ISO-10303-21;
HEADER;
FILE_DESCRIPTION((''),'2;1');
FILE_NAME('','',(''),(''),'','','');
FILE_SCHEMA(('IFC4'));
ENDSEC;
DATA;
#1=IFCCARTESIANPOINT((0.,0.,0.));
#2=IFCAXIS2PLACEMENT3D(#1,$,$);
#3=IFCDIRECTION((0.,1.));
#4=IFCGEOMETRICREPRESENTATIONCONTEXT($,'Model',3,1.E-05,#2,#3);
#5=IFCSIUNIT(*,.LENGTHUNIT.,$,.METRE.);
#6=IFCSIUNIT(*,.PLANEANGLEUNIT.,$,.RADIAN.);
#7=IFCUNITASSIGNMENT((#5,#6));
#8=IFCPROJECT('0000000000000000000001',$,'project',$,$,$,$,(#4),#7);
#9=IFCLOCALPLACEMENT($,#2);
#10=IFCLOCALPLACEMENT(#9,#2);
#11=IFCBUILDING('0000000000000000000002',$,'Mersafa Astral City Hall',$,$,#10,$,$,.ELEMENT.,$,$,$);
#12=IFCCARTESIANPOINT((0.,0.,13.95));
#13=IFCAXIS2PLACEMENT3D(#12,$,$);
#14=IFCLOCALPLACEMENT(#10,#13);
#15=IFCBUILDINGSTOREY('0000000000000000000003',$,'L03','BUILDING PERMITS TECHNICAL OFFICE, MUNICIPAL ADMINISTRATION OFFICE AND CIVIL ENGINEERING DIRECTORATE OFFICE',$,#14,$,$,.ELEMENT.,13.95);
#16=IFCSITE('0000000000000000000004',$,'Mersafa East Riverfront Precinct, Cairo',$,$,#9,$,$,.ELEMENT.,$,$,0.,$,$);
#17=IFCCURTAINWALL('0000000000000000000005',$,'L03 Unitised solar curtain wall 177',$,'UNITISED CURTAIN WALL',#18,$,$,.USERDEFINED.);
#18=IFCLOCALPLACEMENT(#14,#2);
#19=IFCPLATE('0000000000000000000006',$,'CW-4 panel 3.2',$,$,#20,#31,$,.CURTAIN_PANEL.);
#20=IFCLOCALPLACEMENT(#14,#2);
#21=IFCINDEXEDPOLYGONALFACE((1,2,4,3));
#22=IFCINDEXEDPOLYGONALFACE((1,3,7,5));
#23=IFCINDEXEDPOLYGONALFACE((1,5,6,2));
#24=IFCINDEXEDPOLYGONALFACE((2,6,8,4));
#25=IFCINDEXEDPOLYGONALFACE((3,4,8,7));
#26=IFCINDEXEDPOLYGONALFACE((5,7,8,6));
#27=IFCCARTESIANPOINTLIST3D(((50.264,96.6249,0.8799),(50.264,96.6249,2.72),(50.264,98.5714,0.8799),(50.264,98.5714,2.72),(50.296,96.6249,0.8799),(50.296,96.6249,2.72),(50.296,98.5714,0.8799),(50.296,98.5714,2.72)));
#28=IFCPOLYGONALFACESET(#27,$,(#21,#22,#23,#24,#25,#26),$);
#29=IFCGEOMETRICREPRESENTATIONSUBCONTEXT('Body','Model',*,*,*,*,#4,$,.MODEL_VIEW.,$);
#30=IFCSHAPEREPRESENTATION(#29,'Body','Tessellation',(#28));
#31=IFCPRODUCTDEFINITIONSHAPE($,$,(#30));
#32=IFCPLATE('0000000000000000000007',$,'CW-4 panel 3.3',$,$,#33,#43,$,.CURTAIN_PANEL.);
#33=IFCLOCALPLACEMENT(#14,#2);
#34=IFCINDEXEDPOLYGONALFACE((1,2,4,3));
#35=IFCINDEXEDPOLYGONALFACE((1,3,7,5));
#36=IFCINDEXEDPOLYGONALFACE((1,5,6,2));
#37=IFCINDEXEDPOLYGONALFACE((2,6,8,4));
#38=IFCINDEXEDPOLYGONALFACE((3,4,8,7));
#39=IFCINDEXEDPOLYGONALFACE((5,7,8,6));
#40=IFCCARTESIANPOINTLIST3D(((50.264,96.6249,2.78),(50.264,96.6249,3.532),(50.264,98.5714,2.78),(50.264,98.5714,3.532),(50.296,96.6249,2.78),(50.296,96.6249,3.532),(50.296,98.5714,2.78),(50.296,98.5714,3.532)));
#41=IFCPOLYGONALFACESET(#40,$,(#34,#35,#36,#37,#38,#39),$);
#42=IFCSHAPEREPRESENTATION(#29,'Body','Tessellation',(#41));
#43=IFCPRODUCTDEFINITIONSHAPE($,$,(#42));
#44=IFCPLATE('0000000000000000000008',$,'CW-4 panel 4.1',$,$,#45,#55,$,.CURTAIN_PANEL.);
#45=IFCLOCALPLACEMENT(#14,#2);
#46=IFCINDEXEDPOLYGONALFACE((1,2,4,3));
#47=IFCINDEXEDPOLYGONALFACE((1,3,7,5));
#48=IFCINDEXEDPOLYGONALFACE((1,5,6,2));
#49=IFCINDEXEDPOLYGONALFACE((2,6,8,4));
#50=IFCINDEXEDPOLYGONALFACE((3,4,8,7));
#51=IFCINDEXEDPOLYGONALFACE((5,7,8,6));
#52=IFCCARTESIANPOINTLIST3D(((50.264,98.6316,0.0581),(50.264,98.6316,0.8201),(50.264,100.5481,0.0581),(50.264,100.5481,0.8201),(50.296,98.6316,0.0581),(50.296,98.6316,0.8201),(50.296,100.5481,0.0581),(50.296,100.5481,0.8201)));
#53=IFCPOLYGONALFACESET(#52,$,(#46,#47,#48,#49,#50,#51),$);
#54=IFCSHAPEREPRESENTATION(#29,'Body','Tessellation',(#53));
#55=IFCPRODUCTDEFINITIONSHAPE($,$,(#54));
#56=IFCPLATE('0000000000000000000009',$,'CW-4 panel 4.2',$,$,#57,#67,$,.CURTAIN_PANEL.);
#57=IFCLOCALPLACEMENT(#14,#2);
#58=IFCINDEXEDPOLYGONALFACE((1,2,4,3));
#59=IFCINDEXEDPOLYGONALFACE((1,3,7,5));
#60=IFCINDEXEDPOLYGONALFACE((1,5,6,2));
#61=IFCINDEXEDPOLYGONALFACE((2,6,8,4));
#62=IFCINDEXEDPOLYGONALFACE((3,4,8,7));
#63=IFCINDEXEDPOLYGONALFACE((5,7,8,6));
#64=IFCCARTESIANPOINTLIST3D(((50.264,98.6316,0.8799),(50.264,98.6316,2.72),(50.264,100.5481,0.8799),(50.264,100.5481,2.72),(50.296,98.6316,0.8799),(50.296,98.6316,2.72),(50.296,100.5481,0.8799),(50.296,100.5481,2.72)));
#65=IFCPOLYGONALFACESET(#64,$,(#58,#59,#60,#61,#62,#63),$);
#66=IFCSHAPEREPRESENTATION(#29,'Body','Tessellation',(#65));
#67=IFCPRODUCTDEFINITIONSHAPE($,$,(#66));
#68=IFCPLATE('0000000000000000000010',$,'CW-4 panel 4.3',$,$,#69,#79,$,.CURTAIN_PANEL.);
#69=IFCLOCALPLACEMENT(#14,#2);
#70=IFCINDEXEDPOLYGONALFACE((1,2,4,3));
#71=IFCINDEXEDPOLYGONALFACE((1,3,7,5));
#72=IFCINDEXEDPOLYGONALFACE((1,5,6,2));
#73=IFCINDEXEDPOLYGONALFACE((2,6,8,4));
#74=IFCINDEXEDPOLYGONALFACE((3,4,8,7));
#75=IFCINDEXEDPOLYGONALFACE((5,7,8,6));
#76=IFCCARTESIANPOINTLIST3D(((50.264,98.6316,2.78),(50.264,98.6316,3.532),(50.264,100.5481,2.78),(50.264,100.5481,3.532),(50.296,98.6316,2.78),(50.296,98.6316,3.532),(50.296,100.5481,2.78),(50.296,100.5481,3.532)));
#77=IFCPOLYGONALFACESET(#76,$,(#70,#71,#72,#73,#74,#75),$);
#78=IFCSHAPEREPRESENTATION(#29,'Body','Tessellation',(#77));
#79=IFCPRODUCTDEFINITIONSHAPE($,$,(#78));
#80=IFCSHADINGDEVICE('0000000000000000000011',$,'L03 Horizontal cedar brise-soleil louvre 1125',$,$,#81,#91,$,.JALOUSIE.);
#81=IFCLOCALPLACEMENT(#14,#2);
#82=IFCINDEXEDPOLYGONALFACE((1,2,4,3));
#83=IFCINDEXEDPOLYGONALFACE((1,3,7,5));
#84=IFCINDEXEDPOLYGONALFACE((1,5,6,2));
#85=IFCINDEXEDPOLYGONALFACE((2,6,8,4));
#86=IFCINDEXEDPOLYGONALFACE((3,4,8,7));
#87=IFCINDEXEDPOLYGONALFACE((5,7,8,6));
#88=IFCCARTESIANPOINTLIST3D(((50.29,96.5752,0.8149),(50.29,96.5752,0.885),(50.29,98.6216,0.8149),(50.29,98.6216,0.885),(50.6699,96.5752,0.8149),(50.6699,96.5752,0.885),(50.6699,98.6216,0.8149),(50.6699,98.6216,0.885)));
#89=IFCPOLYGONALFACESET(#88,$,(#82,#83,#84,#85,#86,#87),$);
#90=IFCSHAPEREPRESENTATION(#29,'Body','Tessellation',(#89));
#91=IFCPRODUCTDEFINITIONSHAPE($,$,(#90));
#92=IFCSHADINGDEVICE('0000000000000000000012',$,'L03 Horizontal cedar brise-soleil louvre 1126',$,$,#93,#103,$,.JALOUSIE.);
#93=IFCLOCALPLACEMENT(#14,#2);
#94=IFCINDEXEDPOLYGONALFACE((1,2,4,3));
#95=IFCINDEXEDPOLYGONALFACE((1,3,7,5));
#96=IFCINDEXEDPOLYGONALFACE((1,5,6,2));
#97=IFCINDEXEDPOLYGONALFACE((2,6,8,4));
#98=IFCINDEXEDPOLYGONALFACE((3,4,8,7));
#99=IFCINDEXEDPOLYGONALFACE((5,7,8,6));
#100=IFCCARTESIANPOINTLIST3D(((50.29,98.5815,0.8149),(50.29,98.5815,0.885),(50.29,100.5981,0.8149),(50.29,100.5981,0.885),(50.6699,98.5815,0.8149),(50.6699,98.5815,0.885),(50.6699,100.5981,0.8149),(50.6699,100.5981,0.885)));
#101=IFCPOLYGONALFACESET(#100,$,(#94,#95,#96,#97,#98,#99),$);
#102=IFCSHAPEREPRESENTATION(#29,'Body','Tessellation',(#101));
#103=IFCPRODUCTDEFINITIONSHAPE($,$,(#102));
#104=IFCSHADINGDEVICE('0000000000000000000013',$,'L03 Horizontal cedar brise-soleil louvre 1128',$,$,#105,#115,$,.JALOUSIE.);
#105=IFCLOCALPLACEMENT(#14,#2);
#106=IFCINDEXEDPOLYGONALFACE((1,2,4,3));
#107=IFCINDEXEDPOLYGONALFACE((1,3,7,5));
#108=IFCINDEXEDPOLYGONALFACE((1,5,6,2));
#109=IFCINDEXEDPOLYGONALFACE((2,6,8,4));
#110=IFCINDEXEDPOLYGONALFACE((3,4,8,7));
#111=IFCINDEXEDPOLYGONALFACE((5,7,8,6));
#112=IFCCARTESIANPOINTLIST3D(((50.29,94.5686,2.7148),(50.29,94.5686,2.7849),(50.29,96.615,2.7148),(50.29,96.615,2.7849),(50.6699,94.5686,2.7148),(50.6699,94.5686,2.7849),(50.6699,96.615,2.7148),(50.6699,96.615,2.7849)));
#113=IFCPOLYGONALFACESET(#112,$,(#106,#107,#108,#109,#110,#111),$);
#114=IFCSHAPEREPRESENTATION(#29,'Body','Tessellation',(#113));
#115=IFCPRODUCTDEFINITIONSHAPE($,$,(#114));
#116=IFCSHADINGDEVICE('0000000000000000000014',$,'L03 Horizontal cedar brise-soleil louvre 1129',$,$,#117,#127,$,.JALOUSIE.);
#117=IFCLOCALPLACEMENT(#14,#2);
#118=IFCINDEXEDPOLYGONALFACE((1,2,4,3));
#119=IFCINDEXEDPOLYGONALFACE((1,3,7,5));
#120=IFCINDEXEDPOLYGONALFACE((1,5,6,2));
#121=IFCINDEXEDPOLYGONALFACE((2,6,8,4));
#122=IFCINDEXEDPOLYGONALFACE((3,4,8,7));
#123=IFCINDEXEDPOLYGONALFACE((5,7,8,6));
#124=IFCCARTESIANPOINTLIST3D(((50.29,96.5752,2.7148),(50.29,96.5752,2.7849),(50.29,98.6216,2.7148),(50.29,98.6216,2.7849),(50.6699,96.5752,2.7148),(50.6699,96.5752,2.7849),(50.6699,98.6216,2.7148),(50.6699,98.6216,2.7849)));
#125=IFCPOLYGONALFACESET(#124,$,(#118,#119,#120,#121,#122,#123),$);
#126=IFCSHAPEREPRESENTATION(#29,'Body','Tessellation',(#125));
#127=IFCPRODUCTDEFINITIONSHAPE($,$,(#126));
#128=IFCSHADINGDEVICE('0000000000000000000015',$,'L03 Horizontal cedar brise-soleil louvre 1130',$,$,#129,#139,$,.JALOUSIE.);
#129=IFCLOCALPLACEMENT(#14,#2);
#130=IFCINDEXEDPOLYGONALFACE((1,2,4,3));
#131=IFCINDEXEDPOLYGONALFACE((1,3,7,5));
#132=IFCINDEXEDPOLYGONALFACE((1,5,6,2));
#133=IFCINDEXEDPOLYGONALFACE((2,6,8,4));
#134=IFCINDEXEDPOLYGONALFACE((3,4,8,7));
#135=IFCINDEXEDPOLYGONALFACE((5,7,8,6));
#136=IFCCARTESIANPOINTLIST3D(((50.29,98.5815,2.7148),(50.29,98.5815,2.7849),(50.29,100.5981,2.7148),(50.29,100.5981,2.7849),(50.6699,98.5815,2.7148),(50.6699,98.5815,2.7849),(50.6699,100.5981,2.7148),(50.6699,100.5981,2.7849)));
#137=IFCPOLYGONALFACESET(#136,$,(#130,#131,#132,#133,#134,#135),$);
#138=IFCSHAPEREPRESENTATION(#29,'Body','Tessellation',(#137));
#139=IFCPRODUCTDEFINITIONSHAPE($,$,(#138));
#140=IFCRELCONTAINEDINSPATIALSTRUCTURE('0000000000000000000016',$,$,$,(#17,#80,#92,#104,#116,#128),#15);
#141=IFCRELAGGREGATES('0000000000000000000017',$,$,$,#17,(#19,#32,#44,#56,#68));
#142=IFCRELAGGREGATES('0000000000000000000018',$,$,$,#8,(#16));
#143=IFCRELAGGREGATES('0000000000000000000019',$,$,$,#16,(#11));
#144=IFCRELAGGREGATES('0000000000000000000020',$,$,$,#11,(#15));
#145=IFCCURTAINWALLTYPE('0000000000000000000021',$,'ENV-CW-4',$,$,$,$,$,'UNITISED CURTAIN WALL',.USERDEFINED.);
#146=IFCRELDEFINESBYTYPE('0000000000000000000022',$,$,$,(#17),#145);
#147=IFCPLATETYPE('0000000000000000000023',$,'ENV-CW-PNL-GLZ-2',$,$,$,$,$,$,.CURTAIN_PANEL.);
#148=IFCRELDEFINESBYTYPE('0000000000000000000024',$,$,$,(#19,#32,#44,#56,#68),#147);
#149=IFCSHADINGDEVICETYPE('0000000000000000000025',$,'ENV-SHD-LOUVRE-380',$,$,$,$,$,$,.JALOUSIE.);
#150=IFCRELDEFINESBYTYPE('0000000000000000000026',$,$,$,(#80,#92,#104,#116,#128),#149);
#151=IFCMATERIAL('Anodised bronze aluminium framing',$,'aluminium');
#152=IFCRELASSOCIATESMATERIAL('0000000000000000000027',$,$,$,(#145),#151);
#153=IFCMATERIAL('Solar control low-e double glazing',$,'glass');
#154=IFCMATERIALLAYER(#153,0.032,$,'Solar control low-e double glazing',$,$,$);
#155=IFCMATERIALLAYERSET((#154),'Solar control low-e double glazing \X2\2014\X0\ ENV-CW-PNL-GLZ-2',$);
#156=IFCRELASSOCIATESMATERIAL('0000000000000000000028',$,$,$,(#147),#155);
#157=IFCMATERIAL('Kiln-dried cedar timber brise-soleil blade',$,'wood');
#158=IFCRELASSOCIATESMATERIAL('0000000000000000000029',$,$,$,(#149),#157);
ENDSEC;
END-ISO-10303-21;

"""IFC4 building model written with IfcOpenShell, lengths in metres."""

from ifc_helpers import new_model, si_unit, direction, frame, origin, origin_2d, place, context, subcontext, project, spatial, rectangle, extrude, material, layer, layer_set, type_object, element, aggregate, save


model = new_model("IFC4")

# Units and contexts
model_context = context("Model", 3, precision=1e-05, world=origin(), true_north=direction((0.0, 1.0)))
body_context = subcontext(model_context, "Body", "Model", "MODEL_VIEW")
ifc_project = project(units=[si_unit("LENGTHUNIT", "METRE"), si_unit("PLANEANGLEUNIT", "RADIAN")], contexts=[model_context])

# Site, building, storey
site_placement = place(None, origin())
site = spatial("IfcSite", under=ifc_project, at=site_placement, Name="Mersafa East Riverfront Precinct, Cairo", CompositionType="ELEMENT", RefElevation=0.0)
building_placement = place(site_placement, origin())
building = spatial("IfcBuilding", under=site, at=building_placement, Name="Mersafa Astral City Hall", CompositionType="ELEMENT")
storey_placement = place(building_placement, frame((0.0, 0.0, 13.95)))
storey = spatial("IfcBuildingStorey", under=building, at=storey_placement, Name="L03", Description="BUILDING PERMITS TECHNICAL OFFICE, MUNICIPAL ADMINISTRATION OFFICE AND CIVIL ENGINEERING DIRECTORATE OFFICE", CompositionType="ELEMENT", Elevation=13.95)

# Curtain wall, plates
ifc_material_1 = material(Name="Anodised bronze aluminium framing", Category="aluminium")
curtain_wall_type = type_object("IfcCurtainWallType", Name="ENV-CW-4", ElementType="UNITISED CURTAIN WALL", PredefinedType="USERDEFINED", material=ifc_material_1)
curtain_wall_placement = place(storey_placement, origin())
curtain_wall = element("IfcCurtainWall", 1, at=curtain_wall_placement, inside=storey, type_object=curtain_wall_type, Name="L03 Unitised solar curtain wall 177", ObjectType="UNITISED CURTAIN WALL", PredefinedType="USERDEFINED")
ifc_material_2 = material(Name="Solar control low-e double glazing", Category="glass")
ifc_layer = layer(ifc_material_2, 0.032, Name="Solar control low-e double glazing")
ifc_layer_set = layer_set([ifc_layer], Name="Solar control low-e double glazing — ENV-CW-PNL-GLZ-2")
plate_type = type_object("IfcPlateType", Name="ENV-CW-PNL-GLZ-2", PredefinedType="CURTAIN_PANEL", material=ifc_layer_set)
plate_1_placement = place(storey_placement, frame((50.28, 97.5981, 0.8799), z_axis=(0.0, 0.0, 1.0), x_axis=(0.0, 1.0, 0.0)))
plate_1 = element("IfcPlate", 2, at=plate_1_placement, type_object=plate_type, Name="CW-4 panel 3.2", PredefinedType="CURTAIN_PANEL", context=body_context, shape_type="SweptSolid", body=[
    extrude(rectangle(XDim=1.9465, YDim=0.032, at=origin_2d()), origin(), (0.0, 0.0, 1.0), 1.8401),
])
plate_2_placement = place(storey_placement, frame((50.28, 97.5981, 2.78), z_axis=(0.0, 0.0, 1.0), x_axis=(0.0, 1.0, 0.0)))
plate_2 = element("IfcPlate", 3, at=plate_2_placement, type_object=plate_type, Name="CW-4 panel 3.3", PredefinedType="CURTAIN_PANEL", context=body_context, shape_type="SweptSolid", body=[
    extrude(rectangle(XDim=1.9465, YDim=0.032, at=origin_2d()), origin(), (0.0, 0.0, 1.0), 0.752),
])
plate_3_placement = place(storey_placement, frame((50.28, 99.5898, 0.0581), z_axis=(0.0, 0.0, 1.0), x_axis=(0.0, 1.0, 0.0)))
plate_3 = element("IfcPlate", 4, at=plate_3_placement, type_object=plate_type, Name="CW-4 panel 4.1", PredefinedType="CURTAIN_PANEL", context=body_context, shape_type="SweptSolid", body=[
    extrude(rectangle(XDim=1.9165, YDim=0.032, at=origin_2d()), origin(), (0.0, 0.0, 1.0), 0.762),
])
plate_4_placement = place(storey_placement, frame((50.28, 99.5898, 0.8799), z_axis=(0.0, 0.0, 1.0), x_axis=(0.0, 1.0, 0.0)))
plate_4 = element("IfcPlate", 5, at=plate_4_placement, type_object=plate_type, Name="CW-4 panel 4.2", PredefinedType="CURTAIN_PANEL", context=body_context, shape_type="SweptSolid", body=[
    extrude(rectangle(XDim=1.9165, YDim=0.032, at=origin_2d()), origin(), (0.0, 0.0, 1.0), 1.8401),
])
plate_5_placement = place(storey_placement, frame((50.28, 99.5898, 2.78), z_axis=(0.0, 0.0, 1.0), x_axis=(0.0, 1.0, 0.0)))
plate_5 = element("IfcPlate", 6, at=plate_5_placement, type_object=plate_type, Name="CW-4 panel 4.3", PredefinedType="CURTAIN_PANEL", context=body_context, shape_type="SweptSolid", body=[
    extrude(rectangle(XDim=1.9165, YDim=0.032, at=origin_2d()), origin(), (0.0, 0.0, 1.0), 0.752),
])
aggregate(curtain_wall, [plate_1, plate_2, plate_3, plate_4, plate_5])

# Shading devices
ifc_material_3 = material(Name="Kiln-dried cedar timber brise-soleil blade", Category="wood")
shading_device_type = type_object("IfcShadingDeviceType", Name="ENV-SHD-LOUVRE-380", PredefinedType="JALOUSIE", material=ifc_material_3)
shading_device_1_placement = place(storey_placement, frame((50.48, 97.5984, 0.8149), z_axis=(0.0, 0.0, 1.0), x_axis=(0.0, 1.0, 0.0)))
element("IfcShadingDevice", 7, at=shading_device_1_placement, inside=storey, type_object=shading_device_type, Name="L03 Horizontal cedar brise-soleil louvre 1125", PredefinedType="JALOUSIE", context=body_context, shape_type="SweptSolid", body=[
    extrude(rectangle(XDim=2.0464, YDim=0.3799, at=origin_2d()), origin(), (0.0, 0.0, 1.0), 0.0701),
])
shading_device_2_placement = place(storey_placement, frame((50.48, 99.5898, 0.8149), z_axis=(0.0, 0.0, 1.0), x_axis=(0.0, 1.0, 0.0)))
element("IfcShadingDevice", 8, at=shading_device_2_placement, inside=storey, type_object=shading_device_type, Name="L03 Horizontal cedar brise-soleil louvre 1126", PredefinedType="JALOUSIE", context=body_context, shape_type="SweptSolid", body=[
    extrude(rectangle(XDim=2.0166, YDim=0.3799, at=origin_2d()), origin(), (0.0, 0.0, 1.0), 0.0701),
])
for number, where, z_axis, x_axis, name in (
    (9, (50.48, 95.5918, 2.7148), (0.0, 0.0, 1.0), (0.0, 1.0, 0.0), "L03 Horizontal cedar brise-soleil louvre 1128"),
    (10, (50.48, 97.5984, 2.7148), (0.0, 0.0, 1.0), (0.0, 1.0, 0.0), "L03 Horizontal cedar brise-soleil louvre 1129"),
):
    element("IfcShadingDevice", number, at=place(storey_placement, frame(where, z_axis=z_axis, x_axis=x_axis)), inside=storey, type_object=shading_device_type, Name=name, PredefinedType="JALOUSIE", context=body_context, shape_type="SweptSolid", body=[
        extrude(rectangle(XDim=2.0464, YDim=0.3799, at=origin_2d()), origin(), (0.0, 0.0, 1.0), 0.0701),
    ])
shading_device_3_placement = place(storey_placement, frame((50.48, 99.5898, 2.7148), z_axis=(0.0, 0.0, 1.0), x_axis=(0.0, 1.0, 0.0)))
element("IfcShadingDevice", 11, at=shading_device_3_placement, inside=storey, type_object=shading_device_type, Name="L03 Horizontal cedar brise-soleil louvre 1130", PredefinedType="JALOUSIE", context=body_context, shape_type="SweptSolid", body=[
    extrude(rectangle(XDim=2.0166, YDim=0.3799, at=origin_2d()), origin(), (0.0, 0.0, 1.0), 0.0701),
])

save(model, "model.ifc")
